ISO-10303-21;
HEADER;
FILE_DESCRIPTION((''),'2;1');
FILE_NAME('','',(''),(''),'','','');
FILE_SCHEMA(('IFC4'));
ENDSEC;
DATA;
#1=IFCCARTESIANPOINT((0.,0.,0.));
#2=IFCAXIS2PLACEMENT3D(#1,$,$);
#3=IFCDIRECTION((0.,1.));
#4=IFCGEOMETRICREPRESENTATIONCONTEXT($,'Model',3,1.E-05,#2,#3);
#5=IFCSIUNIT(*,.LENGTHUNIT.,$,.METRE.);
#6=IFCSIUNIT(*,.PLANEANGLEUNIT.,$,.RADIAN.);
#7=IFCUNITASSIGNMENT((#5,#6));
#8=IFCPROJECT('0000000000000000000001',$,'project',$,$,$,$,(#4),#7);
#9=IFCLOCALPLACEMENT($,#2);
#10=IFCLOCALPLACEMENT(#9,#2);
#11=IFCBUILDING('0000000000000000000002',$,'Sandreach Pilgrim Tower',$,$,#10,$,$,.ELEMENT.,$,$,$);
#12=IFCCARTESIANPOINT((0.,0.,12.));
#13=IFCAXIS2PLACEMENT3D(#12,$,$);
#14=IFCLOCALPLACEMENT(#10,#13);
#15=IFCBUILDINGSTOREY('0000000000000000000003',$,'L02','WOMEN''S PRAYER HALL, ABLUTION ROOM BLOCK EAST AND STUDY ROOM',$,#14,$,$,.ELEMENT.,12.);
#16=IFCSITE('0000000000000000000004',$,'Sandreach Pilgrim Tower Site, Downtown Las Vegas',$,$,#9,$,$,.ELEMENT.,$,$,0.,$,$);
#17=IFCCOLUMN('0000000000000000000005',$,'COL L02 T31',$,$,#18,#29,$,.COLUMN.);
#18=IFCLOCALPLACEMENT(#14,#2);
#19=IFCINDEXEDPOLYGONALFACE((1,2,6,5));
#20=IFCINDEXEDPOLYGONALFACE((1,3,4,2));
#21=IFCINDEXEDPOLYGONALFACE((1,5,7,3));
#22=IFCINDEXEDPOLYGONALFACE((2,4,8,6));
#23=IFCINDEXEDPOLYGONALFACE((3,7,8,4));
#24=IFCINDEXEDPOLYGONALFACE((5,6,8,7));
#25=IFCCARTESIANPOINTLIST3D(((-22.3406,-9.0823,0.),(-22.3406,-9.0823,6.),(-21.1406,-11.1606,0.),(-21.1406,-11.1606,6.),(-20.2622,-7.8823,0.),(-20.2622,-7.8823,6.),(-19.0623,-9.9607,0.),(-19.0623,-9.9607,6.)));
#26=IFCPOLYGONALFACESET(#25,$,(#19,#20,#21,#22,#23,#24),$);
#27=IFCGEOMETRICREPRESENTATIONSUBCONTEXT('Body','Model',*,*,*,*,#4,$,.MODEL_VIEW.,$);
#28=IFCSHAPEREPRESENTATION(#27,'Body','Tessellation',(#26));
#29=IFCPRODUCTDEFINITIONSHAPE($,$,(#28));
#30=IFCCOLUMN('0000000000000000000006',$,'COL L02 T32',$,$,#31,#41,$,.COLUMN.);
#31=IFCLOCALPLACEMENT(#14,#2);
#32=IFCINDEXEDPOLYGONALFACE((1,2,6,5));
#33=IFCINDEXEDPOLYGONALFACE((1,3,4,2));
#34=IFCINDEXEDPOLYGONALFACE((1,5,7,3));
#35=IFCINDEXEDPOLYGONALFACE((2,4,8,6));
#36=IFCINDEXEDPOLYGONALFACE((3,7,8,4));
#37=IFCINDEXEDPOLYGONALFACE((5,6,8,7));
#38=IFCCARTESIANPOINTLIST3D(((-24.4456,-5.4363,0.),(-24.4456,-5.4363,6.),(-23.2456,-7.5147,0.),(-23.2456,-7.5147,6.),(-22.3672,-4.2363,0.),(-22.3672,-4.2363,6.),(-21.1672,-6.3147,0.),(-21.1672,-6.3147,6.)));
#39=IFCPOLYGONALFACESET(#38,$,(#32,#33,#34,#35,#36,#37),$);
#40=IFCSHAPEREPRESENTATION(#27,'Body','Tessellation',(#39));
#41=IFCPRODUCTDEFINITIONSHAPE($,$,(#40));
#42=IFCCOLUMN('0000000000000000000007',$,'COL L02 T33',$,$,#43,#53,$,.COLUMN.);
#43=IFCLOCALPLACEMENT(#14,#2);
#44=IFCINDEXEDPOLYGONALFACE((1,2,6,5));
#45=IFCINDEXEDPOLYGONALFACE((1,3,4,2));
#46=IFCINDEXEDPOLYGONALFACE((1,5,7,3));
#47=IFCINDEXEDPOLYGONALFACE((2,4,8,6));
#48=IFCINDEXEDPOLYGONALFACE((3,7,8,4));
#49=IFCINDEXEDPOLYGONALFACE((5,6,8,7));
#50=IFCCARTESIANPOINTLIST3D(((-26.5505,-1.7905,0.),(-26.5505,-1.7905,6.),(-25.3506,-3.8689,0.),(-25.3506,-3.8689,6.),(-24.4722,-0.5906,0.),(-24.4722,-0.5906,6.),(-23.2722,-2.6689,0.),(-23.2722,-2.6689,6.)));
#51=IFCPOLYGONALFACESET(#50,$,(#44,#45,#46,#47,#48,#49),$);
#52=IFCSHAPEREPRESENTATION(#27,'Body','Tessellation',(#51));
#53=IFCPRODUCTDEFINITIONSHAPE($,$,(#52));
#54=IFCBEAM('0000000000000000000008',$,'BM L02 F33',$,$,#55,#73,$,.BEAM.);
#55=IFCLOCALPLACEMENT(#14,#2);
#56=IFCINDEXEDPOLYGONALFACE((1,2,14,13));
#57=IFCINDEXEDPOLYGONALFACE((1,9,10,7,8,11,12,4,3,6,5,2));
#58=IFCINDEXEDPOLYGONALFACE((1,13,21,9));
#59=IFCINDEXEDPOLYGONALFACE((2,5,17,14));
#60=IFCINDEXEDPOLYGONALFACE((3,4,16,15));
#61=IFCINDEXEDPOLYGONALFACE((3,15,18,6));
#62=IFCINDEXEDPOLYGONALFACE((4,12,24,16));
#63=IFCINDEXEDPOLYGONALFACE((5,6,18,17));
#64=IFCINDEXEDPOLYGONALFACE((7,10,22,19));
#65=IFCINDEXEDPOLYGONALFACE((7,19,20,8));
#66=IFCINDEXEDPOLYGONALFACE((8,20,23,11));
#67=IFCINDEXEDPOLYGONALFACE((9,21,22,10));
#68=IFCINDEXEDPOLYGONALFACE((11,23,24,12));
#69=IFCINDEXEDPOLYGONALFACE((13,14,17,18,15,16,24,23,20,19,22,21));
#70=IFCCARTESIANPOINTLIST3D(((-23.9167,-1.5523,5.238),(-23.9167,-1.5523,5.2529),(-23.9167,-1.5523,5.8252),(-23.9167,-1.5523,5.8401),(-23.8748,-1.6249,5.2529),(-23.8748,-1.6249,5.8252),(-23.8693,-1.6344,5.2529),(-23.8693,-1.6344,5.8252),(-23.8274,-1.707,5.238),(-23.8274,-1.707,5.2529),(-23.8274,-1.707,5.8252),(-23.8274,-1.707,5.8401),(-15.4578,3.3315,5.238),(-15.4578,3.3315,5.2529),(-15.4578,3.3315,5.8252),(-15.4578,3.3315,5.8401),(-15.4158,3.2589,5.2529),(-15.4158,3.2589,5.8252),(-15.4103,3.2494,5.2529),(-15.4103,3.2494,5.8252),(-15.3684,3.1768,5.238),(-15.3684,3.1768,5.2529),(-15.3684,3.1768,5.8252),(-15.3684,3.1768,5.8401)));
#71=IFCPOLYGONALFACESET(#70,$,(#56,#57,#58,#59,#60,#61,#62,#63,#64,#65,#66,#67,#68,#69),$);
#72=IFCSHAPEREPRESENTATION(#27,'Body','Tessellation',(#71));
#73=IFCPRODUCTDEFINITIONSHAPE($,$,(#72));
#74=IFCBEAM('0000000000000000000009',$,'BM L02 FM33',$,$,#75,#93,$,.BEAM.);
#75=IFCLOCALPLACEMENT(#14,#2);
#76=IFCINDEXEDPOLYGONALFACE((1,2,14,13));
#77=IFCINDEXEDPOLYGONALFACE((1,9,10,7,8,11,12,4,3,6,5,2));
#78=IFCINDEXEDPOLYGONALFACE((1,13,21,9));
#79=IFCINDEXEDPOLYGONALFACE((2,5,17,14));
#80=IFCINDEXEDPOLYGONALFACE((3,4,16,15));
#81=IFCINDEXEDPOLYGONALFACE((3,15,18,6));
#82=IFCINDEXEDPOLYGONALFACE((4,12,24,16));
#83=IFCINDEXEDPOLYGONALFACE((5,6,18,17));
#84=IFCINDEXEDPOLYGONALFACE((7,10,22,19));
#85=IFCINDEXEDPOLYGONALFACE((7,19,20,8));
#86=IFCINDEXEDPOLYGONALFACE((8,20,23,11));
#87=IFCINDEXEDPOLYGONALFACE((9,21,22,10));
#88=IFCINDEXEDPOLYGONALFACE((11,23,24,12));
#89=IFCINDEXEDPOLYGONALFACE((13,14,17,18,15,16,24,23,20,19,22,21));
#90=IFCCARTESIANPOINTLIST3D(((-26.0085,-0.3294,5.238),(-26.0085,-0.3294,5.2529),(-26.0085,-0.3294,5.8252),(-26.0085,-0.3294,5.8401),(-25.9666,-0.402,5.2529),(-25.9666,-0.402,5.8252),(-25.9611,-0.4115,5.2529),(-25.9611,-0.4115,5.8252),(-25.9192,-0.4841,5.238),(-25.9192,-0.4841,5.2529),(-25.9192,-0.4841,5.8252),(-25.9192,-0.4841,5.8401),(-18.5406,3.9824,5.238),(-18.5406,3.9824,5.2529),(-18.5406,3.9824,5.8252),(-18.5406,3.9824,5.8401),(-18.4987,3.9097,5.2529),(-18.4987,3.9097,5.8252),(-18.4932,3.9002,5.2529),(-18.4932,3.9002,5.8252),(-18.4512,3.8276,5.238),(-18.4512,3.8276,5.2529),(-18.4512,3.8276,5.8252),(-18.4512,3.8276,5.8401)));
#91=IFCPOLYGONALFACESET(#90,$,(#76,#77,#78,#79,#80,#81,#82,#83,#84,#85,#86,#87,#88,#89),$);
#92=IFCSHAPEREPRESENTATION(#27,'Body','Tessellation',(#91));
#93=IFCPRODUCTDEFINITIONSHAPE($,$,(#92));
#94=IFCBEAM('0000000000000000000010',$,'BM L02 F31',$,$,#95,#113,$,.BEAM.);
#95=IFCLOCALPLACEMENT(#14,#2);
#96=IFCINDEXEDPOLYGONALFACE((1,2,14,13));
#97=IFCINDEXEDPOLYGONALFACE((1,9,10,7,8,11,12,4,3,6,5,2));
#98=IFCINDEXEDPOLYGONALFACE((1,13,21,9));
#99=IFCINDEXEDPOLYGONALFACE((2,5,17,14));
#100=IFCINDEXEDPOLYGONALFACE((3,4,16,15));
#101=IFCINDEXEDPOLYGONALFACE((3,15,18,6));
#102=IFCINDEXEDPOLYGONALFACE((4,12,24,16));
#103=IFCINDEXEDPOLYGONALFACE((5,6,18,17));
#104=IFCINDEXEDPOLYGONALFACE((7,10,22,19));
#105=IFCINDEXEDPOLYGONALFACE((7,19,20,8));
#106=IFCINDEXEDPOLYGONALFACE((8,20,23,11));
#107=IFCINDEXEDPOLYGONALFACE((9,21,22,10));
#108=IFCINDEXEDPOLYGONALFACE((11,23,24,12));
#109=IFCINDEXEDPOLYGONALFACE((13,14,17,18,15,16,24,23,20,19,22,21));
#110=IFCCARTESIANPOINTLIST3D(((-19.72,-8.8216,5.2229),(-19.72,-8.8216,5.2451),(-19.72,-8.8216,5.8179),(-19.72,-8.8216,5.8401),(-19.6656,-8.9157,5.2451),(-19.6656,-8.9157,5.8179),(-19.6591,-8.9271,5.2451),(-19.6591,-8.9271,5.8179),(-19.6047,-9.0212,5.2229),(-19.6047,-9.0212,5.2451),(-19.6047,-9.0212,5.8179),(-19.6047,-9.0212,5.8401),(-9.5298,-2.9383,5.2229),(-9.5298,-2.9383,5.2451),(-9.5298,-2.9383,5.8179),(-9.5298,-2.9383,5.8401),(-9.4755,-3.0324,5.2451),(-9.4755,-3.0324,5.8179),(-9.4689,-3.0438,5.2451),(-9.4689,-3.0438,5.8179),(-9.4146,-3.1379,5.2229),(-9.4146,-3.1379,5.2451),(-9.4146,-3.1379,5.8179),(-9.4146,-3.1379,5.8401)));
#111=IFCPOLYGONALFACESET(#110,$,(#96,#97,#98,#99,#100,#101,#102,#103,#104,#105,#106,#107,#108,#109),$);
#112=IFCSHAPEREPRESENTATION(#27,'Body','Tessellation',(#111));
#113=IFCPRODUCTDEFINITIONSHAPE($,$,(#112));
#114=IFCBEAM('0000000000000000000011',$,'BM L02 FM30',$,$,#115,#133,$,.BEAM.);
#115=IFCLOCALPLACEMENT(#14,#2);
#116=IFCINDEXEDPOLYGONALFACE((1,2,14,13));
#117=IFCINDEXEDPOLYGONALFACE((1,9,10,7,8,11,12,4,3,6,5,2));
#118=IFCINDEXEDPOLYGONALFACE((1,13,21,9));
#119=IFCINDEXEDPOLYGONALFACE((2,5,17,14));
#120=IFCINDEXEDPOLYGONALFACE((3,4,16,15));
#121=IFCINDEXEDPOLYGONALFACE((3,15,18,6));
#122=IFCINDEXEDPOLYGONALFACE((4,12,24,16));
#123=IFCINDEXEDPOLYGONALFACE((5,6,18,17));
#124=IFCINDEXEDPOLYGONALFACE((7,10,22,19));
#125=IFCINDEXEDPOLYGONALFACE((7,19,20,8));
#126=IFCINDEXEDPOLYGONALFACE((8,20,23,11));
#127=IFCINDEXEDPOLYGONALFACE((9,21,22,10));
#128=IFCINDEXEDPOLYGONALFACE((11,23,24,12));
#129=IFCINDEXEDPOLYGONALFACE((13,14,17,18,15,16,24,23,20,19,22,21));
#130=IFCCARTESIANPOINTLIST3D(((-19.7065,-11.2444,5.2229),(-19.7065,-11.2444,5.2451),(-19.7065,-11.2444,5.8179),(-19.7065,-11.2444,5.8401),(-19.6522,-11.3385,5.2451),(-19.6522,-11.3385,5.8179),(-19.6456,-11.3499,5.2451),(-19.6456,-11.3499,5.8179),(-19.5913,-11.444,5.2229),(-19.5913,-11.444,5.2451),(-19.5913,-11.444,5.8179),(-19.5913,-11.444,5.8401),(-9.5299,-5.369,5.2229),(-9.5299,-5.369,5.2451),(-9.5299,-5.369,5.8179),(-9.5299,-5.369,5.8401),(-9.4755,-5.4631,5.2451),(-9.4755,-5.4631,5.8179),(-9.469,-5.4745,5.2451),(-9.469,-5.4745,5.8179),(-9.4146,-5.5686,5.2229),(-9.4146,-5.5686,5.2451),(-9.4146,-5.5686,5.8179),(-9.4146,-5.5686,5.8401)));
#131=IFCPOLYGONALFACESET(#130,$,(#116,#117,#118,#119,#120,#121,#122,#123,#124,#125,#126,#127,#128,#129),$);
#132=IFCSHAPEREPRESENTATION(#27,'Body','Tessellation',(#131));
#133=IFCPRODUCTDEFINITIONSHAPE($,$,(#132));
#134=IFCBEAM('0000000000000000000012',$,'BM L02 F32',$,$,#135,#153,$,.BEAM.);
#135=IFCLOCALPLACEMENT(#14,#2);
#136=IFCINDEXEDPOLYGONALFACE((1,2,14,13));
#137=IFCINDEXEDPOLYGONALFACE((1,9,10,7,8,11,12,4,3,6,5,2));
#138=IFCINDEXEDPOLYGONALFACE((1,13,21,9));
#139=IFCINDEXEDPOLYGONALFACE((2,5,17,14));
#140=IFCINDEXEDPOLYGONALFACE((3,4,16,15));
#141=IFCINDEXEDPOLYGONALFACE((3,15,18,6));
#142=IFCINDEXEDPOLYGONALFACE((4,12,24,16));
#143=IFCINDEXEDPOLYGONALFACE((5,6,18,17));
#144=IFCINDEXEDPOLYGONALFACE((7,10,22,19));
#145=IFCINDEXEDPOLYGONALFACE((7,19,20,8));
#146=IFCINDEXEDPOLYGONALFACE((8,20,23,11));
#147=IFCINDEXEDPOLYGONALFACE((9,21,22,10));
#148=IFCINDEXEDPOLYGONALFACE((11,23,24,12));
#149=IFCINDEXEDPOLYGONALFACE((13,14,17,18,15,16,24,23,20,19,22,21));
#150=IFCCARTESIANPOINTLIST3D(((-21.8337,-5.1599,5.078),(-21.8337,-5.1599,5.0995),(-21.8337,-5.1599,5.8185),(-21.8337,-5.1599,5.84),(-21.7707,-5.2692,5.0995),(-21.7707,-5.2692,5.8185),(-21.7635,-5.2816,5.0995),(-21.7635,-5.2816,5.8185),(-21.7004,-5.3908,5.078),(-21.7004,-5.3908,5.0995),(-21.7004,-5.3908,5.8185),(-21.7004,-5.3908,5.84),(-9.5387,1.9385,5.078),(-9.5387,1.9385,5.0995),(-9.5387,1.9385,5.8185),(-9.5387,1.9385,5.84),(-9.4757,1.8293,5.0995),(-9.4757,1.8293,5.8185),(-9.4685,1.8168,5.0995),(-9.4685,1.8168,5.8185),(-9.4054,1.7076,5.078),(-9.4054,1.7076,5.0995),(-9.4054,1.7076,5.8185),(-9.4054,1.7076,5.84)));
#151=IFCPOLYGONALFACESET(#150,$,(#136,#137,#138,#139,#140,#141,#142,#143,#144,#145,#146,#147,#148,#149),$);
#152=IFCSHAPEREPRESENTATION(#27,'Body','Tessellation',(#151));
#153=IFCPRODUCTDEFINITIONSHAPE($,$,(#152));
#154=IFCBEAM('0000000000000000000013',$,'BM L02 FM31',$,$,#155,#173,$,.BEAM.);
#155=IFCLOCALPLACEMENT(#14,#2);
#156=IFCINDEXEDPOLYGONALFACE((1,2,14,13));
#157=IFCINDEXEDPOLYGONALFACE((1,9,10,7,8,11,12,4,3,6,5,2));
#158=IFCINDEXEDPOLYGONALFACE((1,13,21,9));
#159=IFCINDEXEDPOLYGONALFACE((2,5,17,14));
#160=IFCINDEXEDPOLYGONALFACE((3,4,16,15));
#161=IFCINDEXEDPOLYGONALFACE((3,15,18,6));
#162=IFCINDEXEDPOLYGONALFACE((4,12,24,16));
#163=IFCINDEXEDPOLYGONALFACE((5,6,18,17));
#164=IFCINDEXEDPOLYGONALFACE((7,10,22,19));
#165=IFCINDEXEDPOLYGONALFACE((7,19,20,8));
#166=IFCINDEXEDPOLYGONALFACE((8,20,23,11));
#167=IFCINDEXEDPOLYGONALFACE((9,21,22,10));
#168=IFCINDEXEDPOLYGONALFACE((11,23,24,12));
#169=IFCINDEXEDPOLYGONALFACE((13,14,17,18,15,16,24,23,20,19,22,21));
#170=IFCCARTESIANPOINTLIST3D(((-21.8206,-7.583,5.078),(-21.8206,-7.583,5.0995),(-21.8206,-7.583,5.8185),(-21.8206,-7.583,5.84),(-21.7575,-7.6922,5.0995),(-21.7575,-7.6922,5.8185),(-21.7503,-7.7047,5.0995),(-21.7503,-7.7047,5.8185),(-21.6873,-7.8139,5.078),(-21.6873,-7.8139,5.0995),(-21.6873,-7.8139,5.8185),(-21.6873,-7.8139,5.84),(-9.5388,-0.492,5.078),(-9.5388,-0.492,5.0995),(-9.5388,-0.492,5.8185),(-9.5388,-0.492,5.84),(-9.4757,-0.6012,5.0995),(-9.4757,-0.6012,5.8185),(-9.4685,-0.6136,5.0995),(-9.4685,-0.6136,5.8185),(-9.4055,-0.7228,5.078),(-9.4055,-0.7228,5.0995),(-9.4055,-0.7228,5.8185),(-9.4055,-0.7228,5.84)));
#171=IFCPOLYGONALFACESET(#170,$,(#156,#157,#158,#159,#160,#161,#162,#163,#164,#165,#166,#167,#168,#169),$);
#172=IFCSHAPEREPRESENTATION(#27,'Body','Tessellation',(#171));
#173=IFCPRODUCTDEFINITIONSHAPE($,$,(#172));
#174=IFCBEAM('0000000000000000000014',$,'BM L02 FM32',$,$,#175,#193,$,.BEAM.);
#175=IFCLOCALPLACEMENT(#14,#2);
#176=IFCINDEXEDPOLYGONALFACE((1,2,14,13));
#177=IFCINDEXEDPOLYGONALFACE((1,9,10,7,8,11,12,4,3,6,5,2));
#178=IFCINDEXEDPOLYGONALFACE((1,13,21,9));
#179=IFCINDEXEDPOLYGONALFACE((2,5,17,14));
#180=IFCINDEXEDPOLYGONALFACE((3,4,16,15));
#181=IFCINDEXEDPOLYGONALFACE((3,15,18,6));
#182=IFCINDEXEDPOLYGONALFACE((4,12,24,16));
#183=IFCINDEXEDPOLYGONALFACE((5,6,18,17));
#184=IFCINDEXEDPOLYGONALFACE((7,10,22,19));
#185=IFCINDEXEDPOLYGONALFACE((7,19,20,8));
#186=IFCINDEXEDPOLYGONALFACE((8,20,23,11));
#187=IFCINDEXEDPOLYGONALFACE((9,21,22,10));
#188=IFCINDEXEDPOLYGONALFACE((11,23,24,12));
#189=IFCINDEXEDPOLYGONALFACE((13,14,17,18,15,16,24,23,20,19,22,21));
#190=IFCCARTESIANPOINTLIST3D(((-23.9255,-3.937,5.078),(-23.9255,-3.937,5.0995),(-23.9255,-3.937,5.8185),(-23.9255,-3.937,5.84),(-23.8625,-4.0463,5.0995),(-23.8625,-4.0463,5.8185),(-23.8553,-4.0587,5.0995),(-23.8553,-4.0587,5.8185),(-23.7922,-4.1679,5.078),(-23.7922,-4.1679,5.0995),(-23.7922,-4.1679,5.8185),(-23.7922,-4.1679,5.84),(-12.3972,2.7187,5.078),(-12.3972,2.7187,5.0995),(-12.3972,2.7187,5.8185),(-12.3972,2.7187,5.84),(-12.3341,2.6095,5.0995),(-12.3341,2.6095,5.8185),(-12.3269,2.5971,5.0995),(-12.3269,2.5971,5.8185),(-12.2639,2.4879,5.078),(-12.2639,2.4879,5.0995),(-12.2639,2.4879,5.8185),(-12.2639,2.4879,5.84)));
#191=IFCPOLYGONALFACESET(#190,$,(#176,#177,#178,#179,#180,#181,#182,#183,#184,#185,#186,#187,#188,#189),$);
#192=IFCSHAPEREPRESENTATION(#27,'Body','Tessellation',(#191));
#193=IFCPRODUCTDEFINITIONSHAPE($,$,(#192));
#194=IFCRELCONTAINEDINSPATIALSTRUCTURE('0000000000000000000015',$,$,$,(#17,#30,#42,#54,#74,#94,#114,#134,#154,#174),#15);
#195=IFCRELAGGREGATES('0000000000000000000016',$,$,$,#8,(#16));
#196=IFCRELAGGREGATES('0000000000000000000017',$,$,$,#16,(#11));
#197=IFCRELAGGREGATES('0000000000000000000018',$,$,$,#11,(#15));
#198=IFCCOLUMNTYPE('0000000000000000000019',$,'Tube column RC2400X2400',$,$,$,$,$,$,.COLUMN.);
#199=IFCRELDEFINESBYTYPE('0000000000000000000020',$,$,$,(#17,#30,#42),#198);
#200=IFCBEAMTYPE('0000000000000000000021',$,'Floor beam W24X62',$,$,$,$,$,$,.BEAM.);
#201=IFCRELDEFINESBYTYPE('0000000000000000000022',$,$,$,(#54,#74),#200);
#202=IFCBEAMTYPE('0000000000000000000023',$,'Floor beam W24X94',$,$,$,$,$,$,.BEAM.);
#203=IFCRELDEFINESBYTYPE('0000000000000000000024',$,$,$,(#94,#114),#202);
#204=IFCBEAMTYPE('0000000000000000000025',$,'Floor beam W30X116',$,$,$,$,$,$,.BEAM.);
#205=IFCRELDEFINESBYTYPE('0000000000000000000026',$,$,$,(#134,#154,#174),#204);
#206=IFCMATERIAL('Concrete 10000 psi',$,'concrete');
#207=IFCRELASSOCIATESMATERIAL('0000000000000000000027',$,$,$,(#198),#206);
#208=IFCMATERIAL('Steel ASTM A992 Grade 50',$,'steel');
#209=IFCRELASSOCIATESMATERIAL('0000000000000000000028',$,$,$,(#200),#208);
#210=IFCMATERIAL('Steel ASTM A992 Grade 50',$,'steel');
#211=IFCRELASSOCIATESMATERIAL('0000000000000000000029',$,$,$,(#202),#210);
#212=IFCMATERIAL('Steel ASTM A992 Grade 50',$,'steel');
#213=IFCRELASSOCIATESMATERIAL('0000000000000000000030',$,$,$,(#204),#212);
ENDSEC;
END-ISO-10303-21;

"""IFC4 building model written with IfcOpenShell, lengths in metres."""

from ifc_helpers import new_model, si_unit, direction, frame, origin, origin_2d, place, context, subcontext, project, spatial, rectangle, i_section, extrude, material, material_profile, profile_set, type_object, element, save


model = new_model("IFC4")

# Units and contexts
model_context = context("Model", 3, precision=1e-05, world=origin(), true_north=direction((0.0, 1.0)))
body_context = subcontext(model_context, "Body", "Model", "MODEL_VIEW")
ifc_project = project(units=[si_unit("LENGTHUNIT", "METRE"), si_unit("PLANEANGLEUNIT", "RADIAN")], contexts=[model_context])

# Site, building, storey
site_placement = place(None, origin())
site = spatial("IfcSite", under=ifc_project, at=site_placement, Name="Sandreach Pilgrim Tower Site, Downtown Las Vegas", CompositionType="ELEMENT", RefElevation=0.0)
building_placement = place(site_placement, origin())
building = spatial("IfcBuilding", under=site, at=building_placement, Name="Sandreach Pilgrim Tower", CompositionType="ELEMENT")
storey_placement = place(building_placement, frame((0.0, 0.0, 12.0)))
storey = spatial("IfcBuildingStorey", under=building, at=storey_placement, Name="L02", Description="WOMEN'S PRAYER HALL, ABLUTION ROOM BLOCK EAST AND STUDY ROOM", CompositionType="ELEMENT", Elevation=12.0)

# Columns
ifc_material_1 = material(Name="Concrete 10000 psi", Category="concrete")
ifc_material_profile_1 = material_profile(ifc_material_1, rectangle(XDim=2.3999, YDim=2.3999, at=origin_2d()), Name="RC2400X2400")
ifc_profile_set_1 = profile_set([ifc_material_profile_1], Name="Concrete 10000 psi")
column_type = type_object("IfcColumnType", Name="Tube column RC2400X2400", PredefinedType="COLUMN", material=ifc_profile_set_1)
for number, where, z_axis, x_axis, name in (
    (1, (-20.7014, -9.5215, 0.0), (0.0, 0.0, 1.0), (-0.866025, -0.5, 0.0), "COL L02 T31"),
    (2, (-22.8064, -5.8755, 0.0), (0.0, 0.0, 1.0), (-0.866025, -0.5, 0.0), "COL L02 T32"),
    (3, (-24.9114, -2.2297, 0.0), (0.0, 0.0, 1.0), (-0.866025, -0.5, 0.0), "COL L02 T33"),
):
    element("IfcColumn", number, at=place(storey_placement, frame(where, z_axis=z_axis, x_axis=x_axis)), inside=storey, type_object=column_type, Name=name, PredefinedType="COLUMN", context=body_context, shape_type="SweptSolid", body=[
        extrude(rectangle(XDim=2.3999, YDim=2.3999, at=origin_2d()), origin(), (0.0, 0.0, 1.0), 6.0),
    ])

# Beams
ifc_material_2 = material(Name="Steel ASTM A992 Grade 50", Category="steel")
ifc_material_profile_2 = material_profile(ifc_material_2, i_section(OverallWidth=0.1787, OverallDepth=0.6021, WebThickness=0.011, FlangeThickness=0.0149, at=origin_2d()), Name="W24X62")
ifc_profile_set_2 = profile_set([ifc_material_profile_2], Name="Steel ASTM A992 Grade 50")
beam_type_1 = type_object("IfcBeamType", Name="Floor beam W24X62", PredefinedType="BEAM", material=ifc_profile_set_2)
beam_1_placement = place(storey_placement, frame((-23.8721, -1.6296, 5.5391), z_axis=(0.866026, 0.499999, 0.0), x_axis=(-0.499999, 0.866026, 0.0)))
element("IfcBeam", 4, at=beam_1_placement, inside=storey, type_object=beam_type_1, Name="BM L02 F33", PredefinedType="BEAM", context=body_context, shape_type="SweptSolid", body=[
    extrude(i_section(OverallWidth=0.1787, OverallDepth=0.6021, WebThickness=0.011, FlangeThickness=0.0149, at=origin_2d()), origin(), (0.0, 0.0, 1.0), 9.7676),
])
beam_2_placement = place(storey_placement, frame((-25.9639, -0.4067, 5.5391), z_axis=(0.86602, 0.500009, 0.0), x_axis=(-0.500009, 0.86602, 0.0)))
element("IfcBeam", 5, at=beam_2_placement, inside=storey, type_object=beam_type_1, Name="BM L02 FM33", PredefinedType="BEAM", context=body_context, shape_type="SweptSolid", body=[
    extrude(i_section(OverallWidth=0.1787, OverallDepth=0.6021, WebThickness=0.011, FlangeThickness=0.0149, at=origin_2d()), origin(), (0.0, 0.0, 1.0), 8.6233),
])
ifc_material_3 = material(Name="Steel ASTM A992 Grade 50", Category="steel")
ifc_material_profile_3 = material_profile(ifc_material_3, i_section(OverallWidth=0.2305, OverallDepth=0.6172, WebThickness=0.0132, FlangeThickness=0.0222, at=origin_2d()), Name="W24X94")
ifc_profile_set_3 = profile_set([ifc_material_profile_3], Name="Steel ASTM A992 Grade 50")
beam_type_2 = type_object("IfcBeamType", Name="Floor beam W24X94", PredefinedType="BEAM", material=ifc_profile_set_3)
beam_3_placement = place(storey_placement, frame((-19.6624, -8.9214, 5.5315), z_axis=(0.866026, 0.5, 0.0), x_axis=(-0.5, 0.866026, 0.0)))
element("IfcBeam", 6, at=beam_3_placement, inside=storey, type_object=beam_type_2, Name="BM L02 F31", PredefinedType="BEAM", context=body_context, shape_type="SweptSolid", body=[
    extrude(i_section(OverallWidth=0.2305, OverallDepth=0.6172, WebThickness=0.0132, FlangeThickness=0.0222, at=origin_2d()), origin(), (0.0, 0.0, 1.0), 11.7666),
])
beam_4_placement = place(storey_placement, frame((-19.6489, -11.3442, 5.5315), z_axis=(0.866028, 0.499996, 0.0), x_axis=(-0.499996, 0.866028, 0.0)))
element("IfcBeam", 7, at=beam_4_placement, inside=storey, type_object=beam_type_2, Name="BM L02 FM30", PredefinedType="BEAM", context=body_context, shape_type="SweptSolid", body=[
    extrude(i_section(OverallWidth=0.2305, OverallDepth=0.6172, WebThickness=0.0132, FlangeThickness=0.0222, at=origin_2d()), origin(), (0.0, 0.0, 1.0), 11.751),
])
ifc_material_4 = material(Name="Steel ASTM A992 Grade 50", Category="steel")
ifc_material_profile_4 = material_profile(ifc_material_4, i_section(OverallWidth=0.2666, OverallDepth=0.762, WebThickness=0.0144, FlangeThickness=0.0215, at=origin_2d()), Name="W30X116")
ifc_profile_set_4 = profile_set([ifc_material_profile_4], Name="Steel ASTM A992 Grade 50")
beam_type_3 = type_object("IfcBeamType", Name="Floor beam W30X116", PredefinedType="BEAM", material=ifc_profile_set_4)
beam_5_placement = place(storey_placement, frame((-21.7671, -5.2754, 5.459), z_axis=(0.866028, 0.499995, 0.0), x_axis=(-0.499995, 0.866028, 0.0)))
element("IfcBeam", 8, at=beam_5_placement, inside=storey, type_object=beam_type_3, Name="BM L02 F32", PredefinedType="BEAM", context=body_context, shape_type="SweptSolid", body=[
    extrude(i_section(OverallWidth=0.2666, OverallDepth=0.762, WebThickness=0.0144, FlangeThickness=0.0215, at=origin_2d()), origin(), (0.0, 0.0, 1.0), 14.197),
])
beam_6_placement = place(storey_placement, frame((-21.7539, -7.6985, 5.459), z_axis=(0.866019, 0.500011, 0.0), x_axis=(-0.500011, 0.866019, 0.0)))
element("IfcBeam", 9, at=beam_6_placement, inside=storey, type_object=beam_type_3, Name="BM L02 FM31", PredefinedType="BEAM", context=body_context, shape_type="SweptSolid", body=[
    extrude(i_section(OverallWidth=0.2666, OverallDepth=0.762, WebThickness=0.0144, FlangeThickness=0.0215, at=origin_2d()), origin(), (0.0, 0.0, 1.0), 14.1819),
])
beam_7_placement = place(storey_placement, frame((-23.8589, -4.0525, 5.459), z_axis=(0.866029, 0.499993, 0.0), x_axis=(-0.499993, 0.866029, 0.0)))
element("IfcBeam", 10, at=beam_7_placement, inside=storey, type_object=beam_type_3, Name="BM L02 FM32", PredefinedType="BEAM", context=body_context, shape_type="SweptSolid", body=[
    extrude(i_section(OverallWidth=0.2666, OverallDepth=0.762, WebThickness=0.0144, FlangeThickness=0.0215, at=origin_2d()), origin(), (0.0, 0.0, 1.0), 13.3118),
])

save(model, "model.ifc")
